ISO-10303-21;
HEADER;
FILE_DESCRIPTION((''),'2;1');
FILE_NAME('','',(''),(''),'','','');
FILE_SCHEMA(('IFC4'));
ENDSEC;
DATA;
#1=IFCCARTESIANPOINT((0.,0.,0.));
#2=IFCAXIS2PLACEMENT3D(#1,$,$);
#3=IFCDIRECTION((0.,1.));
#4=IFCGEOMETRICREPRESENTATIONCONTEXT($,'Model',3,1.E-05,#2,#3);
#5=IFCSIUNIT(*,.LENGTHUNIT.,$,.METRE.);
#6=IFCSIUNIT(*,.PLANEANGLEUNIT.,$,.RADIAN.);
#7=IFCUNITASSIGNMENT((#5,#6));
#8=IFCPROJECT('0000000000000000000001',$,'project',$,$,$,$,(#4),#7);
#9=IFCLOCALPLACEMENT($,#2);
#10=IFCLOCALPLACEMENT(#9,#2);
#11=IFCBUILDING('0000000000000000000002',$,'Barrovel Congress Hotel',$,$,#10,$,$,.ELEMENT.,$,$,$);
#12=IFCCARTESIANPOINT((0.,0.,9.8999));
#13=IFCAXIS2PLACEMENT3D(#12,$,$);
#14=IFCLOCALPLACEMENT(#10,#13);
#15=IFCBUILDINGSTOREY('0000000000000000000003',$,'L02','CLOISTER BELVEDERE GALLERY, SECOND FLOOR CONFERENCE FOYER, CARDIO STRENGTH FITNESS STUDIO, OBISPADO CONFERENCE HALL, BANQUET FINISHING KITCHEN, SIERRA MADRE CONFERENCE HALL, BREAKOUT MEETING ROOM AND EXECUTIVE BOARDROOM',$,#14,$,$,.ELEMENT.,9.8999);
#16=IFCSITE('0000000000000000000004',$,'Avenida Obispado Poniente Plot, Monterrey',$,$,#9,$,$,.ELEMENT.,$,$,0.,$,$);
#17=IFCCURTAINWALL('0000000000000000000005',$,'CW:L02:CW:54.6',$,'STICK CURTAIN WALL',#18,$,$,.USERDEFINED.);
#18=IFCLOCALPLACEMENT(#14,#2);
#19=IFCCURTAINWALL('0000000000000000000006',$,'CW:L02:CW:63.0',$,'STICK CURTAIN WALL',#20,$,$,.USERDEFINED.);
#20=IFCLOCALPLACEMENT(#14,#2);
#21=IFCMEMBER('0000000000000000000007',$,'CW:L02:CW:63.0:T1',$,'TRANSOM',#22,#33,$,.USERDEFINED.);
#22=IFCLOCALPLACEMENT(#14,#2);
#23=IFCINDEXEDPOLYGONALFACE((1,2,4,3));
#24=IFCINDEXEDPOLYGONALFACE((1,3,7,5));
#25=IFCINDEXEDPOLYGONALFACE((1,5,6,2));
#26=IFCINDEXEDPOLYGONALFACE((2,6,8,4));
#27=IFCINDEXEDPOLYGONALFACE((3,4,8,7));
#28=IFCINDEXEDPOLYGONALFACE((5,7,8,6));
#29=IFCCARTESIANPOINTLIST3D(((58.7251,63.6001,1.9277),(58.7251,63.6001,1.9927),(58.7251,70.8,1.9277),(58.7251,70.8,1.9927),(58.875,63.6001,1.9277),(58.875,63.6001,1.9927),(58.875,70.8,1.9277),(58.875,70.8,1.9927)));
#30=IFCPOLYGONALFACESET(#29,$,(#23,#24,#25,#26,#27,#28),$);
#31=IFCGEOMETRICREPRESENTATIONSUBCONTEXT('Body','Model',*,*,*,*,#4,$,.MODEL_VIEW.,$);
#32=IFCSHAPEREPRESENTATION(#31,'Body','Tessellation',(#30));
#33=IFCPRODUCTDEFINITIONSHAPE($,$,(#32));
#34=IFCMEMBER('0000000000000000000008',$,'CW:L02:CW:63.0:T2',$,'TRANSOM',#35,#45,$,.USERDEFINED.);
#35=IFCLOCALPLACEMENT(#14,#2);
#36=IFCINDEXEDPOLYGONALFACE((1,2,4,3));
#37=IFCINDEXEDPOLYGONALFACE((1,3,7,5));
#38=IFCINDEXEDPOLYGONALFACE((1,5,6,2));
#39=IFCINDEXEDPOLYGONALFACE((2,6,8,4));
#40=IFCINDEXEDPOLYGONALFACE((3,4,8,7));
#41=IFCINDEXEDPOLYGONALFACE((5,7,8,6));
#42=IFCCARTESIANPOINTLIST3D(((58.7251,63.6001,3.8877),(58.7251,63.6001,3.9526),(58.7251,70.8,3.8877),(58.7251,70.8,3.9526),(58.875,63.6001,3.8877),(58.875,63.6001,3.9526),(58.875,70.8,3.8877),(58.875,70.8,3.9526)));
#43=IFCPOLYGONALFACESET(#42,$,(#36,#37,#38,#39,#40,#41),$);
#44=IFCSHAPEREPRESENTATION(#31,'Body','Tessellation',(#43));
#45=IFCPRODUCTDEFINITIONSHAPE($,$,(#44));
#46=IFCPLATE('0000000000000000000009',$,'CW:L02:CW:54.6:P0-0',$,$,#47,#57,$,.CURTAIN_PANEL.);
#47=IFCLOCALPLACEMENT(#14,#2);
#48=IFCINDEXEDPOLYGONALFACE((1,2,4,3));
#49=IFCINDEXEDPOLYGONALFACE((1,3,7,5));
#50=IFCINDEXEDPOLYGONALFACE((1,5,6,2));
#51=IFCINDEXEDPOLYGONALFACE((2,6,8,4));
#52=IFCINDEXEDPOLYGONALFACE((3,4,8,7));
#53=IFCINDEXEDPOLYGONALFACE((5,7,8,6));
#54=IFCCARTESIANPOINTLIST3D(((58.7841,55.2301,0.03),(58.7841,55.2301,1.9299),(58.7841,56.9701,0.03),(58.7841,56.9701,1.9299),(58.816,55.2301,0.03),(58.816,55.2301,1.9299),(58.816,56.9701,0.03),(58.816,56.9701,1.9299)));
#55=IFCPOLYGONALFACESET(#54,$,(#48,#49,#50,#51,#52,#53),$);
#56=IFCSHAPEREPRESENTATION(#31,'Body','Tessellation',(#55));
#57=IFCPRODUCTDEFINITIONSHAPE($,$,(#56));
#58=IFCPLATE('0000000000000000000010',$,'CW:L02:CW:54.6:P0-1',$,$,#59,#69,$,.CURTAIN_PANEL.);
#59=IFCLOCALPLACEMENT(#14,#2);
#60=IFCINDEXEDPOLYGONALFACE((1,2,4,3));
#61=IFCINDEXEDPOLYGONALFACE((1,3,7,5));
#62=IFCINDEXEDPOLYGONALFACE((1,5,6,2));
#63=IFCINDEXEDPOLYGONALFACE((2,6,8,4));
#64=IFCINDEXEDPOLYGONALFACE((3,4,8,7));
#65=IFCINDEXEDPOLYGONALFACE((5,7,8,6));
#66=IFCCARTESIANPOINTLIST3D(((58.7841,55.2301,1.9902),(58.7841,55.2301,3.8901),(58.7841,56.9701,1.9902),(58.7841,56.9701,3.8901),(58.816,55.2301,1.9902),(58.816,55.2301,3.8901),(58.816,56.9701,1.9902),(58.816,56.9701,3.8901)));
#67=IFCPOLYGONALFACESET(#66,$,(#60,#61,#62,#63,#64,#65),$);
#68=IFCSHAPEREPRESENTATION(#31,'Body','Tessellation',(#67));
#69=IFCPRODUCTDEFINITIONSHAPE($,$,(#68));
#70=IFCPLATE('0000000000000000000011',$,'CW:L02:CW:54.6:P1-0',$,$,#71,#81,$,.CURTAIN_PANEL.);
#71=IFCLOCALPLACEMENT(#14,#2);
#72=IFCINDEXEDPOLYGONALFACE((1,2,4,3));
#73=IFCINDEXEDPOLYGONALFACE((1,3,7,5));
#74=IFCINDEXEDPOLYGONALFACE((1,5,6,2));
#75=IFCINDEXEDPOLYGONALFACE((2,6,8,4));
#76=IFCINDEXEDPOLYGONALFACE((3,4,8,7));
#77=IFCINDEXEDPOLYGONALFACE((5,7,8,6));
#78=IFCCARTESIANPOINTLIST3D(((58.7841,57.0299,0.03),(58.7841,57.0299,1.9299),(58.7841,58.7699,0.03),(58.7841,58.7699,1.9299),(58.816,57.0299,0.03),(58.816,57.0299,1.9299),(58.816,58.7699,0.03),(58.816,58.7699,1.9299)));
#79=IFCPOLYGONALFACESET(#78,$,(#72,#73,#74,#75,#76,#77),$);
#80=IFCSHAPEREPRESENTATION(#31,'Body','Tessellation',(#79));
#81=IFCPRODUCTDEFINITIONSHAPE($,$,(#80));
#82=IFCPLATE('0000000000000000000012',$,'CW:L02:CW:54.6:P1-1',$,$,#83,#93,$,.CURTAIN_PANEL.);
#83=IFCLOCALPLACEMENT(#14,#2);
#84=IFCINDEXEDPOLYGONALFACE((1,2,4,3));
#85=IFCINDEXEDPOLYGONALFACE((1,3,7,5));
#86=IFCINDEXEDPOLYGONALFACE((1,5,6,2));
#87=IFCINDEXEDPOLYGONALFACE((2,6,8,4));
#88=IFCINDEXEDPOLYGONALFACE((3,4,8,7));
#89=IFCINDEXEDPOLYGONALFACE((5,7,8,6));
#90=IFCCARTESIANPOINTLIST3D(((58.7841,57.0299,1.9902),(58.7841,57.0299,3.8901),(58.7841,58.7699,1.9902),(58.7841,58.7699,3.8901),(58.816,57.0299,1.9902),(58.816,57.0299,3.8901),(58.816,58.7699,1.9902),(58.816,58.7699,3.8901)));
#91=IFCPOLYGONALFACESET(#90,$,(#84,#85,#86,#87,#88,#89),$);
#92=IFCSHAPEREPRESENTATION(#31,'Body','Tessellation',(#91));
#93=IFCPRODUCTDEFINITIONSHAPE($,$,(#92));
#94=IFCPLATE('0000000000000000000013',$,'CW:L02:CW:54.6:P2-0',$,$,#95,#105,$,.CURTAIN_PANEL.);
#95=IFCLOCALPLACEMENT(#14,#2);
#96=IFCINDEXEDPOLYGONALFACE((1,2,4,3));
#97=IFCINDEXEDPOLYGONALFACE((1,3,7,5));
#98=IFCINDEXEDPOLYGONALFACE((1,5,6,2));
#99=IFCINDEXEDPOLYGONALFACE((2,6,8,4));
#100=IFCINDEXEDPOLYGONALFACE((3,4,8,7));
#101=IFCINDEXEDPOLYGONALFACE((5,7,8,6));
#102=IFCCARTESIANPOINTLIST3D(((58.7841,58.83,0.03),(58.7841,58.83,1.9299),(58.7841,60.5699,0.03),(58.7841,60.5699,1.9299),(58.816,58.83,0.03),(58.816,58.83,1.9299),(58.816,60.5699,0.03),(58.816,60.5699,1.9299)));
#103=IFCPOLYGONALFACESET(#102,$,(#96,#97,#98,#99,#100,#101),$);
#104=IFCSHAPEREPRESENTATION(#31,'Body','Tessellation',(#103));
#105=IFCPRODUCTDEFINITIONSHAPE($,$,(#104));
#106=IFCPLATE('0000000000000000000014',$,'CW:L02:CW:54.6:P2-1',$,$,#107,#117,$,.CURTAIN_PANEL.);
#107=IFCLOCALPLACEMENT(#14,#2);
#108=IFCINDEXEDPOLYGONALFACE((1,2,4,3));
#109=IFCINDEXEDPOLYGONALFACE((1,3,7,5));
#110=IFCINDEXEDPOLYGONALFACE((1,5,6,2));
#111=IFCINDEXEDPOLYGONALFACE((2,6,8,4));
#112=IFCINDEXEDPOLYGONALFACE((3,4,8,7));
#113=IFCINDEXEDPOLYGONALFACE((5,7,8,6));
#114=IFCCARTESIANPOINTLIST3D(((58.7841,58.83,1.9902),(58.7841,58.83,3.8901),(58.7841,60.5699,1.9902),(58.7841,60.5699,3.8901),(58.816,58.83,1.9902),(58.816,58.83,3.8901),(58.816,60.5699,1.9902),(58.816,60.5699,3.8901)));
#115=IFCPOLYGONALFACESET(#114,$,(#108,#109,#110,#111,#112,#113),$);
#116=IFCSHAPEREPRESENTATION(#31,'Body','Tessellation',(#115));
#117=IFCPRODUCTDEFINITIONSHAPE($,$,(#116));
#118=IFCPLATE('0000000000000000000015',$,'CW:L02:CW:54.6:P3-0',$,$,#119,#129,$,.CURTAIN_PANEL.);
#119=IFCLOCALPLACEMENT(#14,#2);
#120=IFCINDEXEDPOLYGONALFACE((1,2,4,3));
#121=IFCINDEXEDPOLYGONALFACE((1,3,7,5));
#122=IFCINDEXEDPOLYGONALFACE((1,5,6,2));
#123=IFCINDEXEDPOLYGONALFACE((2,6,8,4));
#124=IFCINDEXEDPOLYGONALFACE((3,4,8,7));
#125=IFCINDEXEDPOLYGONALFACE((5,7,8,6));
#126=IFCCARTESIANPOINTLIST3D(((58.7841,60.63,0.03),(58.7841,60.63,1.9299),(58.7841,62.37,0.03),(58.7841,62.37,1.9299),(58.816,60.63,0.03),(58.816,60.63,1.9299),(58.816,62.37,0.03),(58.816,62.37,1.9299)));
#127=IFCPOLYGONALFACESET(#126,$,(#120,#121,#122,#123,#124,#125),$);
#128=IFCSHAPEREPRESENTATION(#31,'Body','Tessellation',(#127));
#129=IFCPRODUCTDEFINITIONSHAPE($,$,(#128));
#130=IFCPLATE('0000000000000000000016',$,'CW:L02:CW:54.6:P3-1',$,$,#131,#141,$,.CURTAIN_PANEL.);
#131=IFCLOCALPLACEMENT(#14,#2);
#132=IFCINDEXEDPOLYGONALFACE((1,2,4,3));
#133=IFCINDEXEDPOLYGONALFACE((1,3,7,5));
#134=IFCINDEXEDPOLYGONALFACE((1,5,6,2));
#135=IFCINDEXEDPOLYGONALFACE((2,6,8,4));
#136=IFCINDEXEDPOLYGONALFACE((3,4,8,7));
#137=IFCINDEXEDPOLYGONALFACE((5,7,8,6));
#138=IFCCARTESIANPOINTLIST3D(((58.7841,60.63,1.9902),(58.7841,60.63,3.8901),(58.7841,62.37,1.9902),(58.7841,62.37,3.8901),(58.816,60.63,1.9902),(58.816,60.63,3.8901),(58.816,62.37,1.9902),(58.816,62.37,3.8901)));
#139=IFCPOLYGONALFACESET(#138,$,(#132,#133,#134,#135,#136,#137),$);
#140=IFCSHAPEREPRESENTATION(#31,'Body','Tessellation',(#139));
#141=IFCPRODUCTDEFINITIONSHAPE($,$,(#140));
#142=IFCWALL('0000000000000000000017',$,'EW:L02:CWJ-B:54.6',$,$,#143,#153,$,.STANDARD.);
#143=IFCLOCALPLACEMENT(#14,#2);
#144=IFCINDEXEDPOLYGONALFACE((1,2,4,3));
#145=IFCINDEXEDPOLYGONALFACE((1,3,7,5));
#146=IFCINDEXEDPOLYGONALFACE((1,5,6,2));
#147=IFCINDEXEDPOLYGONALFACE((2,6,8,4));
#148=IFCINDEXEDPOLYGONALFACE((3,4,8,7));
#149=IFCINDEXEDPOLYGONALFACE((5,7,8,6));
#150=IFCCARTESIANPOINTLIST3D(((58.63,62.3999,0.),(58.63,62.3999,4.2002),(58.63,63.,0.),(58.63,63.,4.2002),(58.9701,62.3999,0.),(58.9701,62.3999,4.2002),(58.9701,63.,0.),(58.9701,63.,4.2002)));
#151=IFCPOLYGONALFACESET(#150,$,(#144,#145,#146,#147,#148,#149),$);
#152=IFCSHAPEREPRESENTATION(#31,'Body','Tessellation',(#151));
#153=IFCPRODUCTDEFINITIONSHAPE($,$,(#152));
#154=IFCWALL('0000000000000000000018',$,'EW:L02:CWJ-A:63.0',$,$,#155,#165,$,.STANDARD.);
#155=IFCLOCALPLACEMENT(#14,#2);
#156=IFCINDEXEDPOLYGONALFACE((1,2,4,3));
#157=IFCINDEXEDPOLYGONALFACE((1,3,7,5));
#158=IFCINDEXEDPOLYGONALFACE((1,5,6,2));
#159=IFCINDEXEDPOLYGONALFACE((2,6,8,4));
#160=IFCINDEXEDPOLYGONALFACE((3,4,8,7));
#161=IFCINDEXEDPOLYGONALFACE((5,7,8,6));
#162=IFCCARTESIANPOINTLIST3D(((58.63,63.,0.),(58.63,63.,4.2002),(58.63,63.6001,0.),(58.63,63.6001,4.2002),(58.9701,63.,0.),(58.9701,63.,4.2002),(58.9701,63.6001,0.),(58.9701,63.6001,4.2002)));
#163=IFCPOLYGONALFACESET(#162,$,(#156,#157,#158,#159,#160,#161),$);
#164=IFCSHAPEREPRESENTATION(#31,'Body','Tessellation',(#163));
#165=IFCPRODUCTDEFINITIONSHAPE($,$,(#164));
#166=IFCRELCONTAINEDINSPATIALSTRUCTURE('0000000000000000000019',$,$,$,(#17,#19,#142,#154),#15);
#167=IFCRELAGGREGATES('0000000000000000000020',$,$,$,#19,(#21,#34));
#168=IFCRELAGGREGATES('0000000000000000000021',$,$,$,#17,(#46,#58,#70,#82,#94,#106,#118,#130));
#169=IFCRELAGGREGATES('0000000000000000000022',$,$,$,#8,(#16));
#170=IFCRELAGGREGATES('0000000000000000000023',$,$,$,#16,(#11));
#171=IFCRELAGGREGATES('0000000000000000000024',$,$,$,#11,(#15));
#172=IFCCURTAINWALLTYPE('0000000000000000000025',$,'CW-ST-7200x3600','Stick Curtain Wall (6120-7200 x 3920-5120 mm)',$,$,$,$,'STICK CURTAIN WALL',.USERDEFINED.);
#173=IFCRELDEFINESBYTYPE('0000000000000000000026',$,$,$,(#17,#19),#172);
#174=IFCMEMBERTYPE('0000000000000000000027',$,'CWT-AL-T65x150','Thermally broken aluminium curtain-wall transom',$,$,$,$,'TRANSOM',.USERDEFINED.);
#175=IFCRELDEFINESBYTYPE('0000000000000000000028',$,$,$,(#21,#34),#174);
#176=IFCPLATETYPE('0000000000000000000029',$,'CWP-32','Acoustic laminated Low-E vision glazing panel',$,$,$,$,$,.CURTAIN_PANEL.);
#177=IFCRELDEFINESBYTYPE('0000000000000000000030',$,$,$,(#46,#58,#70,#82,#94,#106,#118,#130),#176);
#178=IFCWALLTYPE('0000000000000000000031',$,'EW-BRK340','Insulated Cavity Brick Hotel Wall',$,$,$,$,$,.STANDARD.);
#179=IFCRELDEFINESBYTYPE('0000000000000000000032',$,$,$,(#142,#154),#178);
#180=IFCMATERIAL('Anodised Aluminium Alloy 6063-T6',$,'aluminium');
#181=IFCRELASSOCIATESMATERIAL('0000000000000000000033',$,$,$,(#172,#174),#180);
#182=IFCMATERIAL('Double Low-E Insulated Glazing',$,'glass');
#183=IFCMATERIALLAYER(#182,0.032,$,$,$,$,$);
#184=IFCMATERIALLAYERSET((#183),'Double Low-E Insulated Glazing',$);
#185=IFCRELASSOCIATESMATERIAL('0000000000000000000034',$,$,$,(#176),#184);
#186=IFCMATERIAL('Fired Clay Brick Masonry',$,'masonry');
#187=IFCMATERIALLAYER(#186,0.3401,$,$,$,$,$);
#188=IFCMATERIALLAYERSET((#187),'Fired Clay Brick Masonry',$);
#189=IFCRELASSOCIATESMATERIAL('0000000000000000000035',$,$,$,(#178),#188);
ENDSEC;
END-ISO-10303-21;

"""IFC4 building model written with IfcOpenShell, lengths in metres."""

from ifc_helpers import new_model, si_unit, direction, frame, frame_2d, origin, origin_2d, place, context, subcontext, project, spatial, rectangle, extrude, material, layer, layer_set, material_profile, profile_set, type_object, element, aggregate, save


model = new_model("IFC4")

# Units and contexts
model_context = context("Model", 3, precision=1e-05, world=origin(), true_north=direction((0.0, 1.0)))
body_context = subcontext(model_context, "Body", "Model", "MODEL_VIEW")
ifc_project = project(units=[si_unit("LENGTHUNIT", "METRE"), si_unit("PLANEANGLEUNIT", "RADIAN")], contexts=[model_context])

# Site, building, storey
site_placement = place(None, origin())
site = spatial("IfcSite", under=ifc_project, at=site_placement, Name="Avenida Obispado Poniente Plot, Monterrey", CompositionType="ELEMENT", RefElevation=0.0)
building_placement = place(site_placement, origin())
building = spatial("IfcBuilding", under=site, at=building_placement, Name="Barrovel Congress Hotel", CompositionType="ELEMENT")
storey_placement = place(building_placement, frame((0.0, 0.0, 9.8999)))
storey = spatial("IfcBuildingStorey", under=building, at=storey_placement, Name="L02", Description="CLOISTER BELVEDERE GALLERY, SECOND FLOOR CONFERENCE FOYER, CARDIO STRENGTH FITNESS STUDIO, OBISPADO CONFERENCE HALL, BANQUET FINISHING KITCHEN, SIERRA MADRE CONFERENCE HALL, BREAKOUT MEETING ROOM AND EXECUTIVE BOARDROOM", CompositionType="ELEMENT", Elevation=9.8999)

# Curtain wall
ifc_material_1 = material(Name="Anodised Aluminium Alloy 6063-T6", Category="aluminium")
curtain_wall_type = type_object("IfcCurtainWallType", Name="CW-ST-7200x3600", Description="Stick Curtain Wall (6120-7200 x 3920-5120 mm)", ElementType="STICK CURTAIN WALL", PredefinedType="USERDEFINED", material=ifc_material_1)
curtain_wall_1_placement = place(storey_placement, origin())
curtain_wall_1 = element("IfcCurtainWall", 1, at=curtain_wall_1_placement, inside=storey, type_object=curtain_wall_type, Name="CW:L02:CW:54.6", ObjectType="STICK CURTAIN WALL", PredefinedType="USERDEFINED")

# Curtain wall
curtain_wall_2_placement = place(storey_placement, origin())
curtain_wall_2 = element("IfcCurtainWall", 2, at=curtain_wall_2_placement, inside=storey, type_object=curtain_wall_type, Name="CW:L02:CW:63.0", ObjectType="STICK CURTAIN WALL", PredefinedType="USERDEFINED")

# Members
ifc_material_profile_1 = material_profile(ifc_material_1, rectangle(XDim=0.1499, YDim=0.0649, at=origin_2d()), Name="AL-T65x150")
ifc_profile_set_1 = profile_set([ifc_material_profile_1], Name="Anodised Aluminium Alloy 6063-T6")
member_type_1 = type_object("IfcMemberType", Name="CWT-AL-T65x150", Description="Thermally broken aluminium curtain-wall transom", ElementType="TRANSOM", PredefinedType="USERDEFINED", material=ifc_profile_set_1)
member_1_placement = place(storey_placement, frame((58.8, 63.6001, 1.9602), z_axis=(0.0, 1.0, 0.0), x_axis=(-1.0, 0.0, 0.0)))
member_1 = element("IfcMember", 3, at=member_1_placement, type_object=member_type_1, Name="CW:L02:CW:63.0:T1", ObjectType="TRANSOM", PredefinedType="USERDEFINED", context=body_context, shape_type="SweptSolid", body=[
    extrude(rectangle(XDim=0.1499, YDim=0.0649, at=origin_2d()), origin(), (0.0, 0.0, 1.0), 7.2),
])
member_2_placement = place(storey_placement, frame((58.8, 63.6001, 3.9202), z_axis=(0.0, 1.0, 0.0), x_axis=(-1.0, 0.0, 0.0)))
member_2 = element("IfcMember", 4, at=member_2_placement, type_object=member_type_1, Name="CW:L02:CW:63.0:T2", ObjectType="TRANSOM", PredefinedType="USERDEFINED", context=body_context, shape_type="SweptSolid", body=[
    extrude(rectangle(XDim=0.1499, YDim=0.0649, at=origin_2d()), origin(), (0.0, 0.0, 1.0), 7.2),
])
aggregate(curtain_wall_2, [member_1, member_2])

# Plates
ifc_material_2 = material(Name="Double Low-E Insulated Glazing", Category="glass")
ifc_layer_1 = layer(ifc_material_2, 0.032)
ifc_layer_set_1 = layer_set([ifc_layer_1], Name="Double Low-E Insulated Glazing")
plate_type = type_object("IfcPlateType", Name="CWP-32", Description="Acoustic laminated Low-E vision glazing panel", PredefinedType="CURTAIN_PANEL", material=ifc_layer_set_1)
plate_1_placement = place(storey_placement, frame((58.8, 56.1001, 0.03), z_axis=(0.0, 0.0, 1.0), x_axis=(0.0, 1.0, 0.0)))
plate_1 = element("IfcPlate", 5, at=plate_1_placement, type_object=plate_type, Name="CW:L02:CW:54.6:P0-0", PredefinedType="CURTAIN_PANEL", context=body_context, shape_type="SweptSolid", body=[
    extrude(rectangle(XDim=1.74, YDim=0.032, at=origin_2d()), origin(), (0.0, 0.0, 1.0), 1.8999),
])
plate_2_placement = place(storey_placement, frame((58.8, 56.1001, 1.9902), z_axis=(0.0, 0.0, 1.0), x_axis=(0.0, 1.0, 0.0)))
plate_2 = element("IfcPlate", 6, at=plate_2_placement, type_object=plate_type, Name="CW:L02:CW:54.6:P0-1", PredefinedType="CURTAIN_PANEL", context=body_context, shape_type="SweptSolid", body=[
    extrude(rectangle(XDim=1.74, YDim=0.032, at=origin_2d()), origin(), (0.0, 0.0, 1.0), 1.8999),
])
plate_3_placement = place(storey_placement, frame((58.8, 57.8999, 0.03), z_axis=(0.0, 0.0, 1.0), x_axis=(0.0, 1.0, 0.0)))
plate_3 = element("IfcPlate", 7, at=plate_3_placement, type_object=plate_type, Name="CW:L02:CW:54.6:P1-0", PredefinedType="CURTAIN_PANEL", context=body_context, shape_type="SweptSolid", body=[
    extrude(rectangle(XDim=1.74, YDim=0.032, at=origin_2d()), origin(), (0.0, 0.0, 1.0), 1.8999),
])
plate_4_placement = place(storey_placement, frame((58.8, 57.8999, 1.9902), z_axis=(0.0, 0.0, 1.0), x_axis=(0.0, 1.0, 0.0)))
plate_4 = element("IfcPlate", 8, at=plate_4_placement, type_object=plate_type, Name="CW:L02:CW:54.6:P1-1", PredefinedType="CURTAIN_PANEL", context=body_context, shape_type="SweptSolid", body=[
    extrude(rectangle(XDim=1.74, YDim=0.032, at=origin_2d()), origin(), (0.0, 0.0, 1.0), 1.8999),
])
plate_5_placement = place(storey_placement, frame((58.8, 59.7, 0.03), z_axis=(0.0, 0.0, 1.0), x_axis=(0.0, 1.0, 0.0)))
plate_5 = element("IfcPlate", 9, at=plate_5_placement, type_object=plate_type, Name="CW:L02:CW:54.6:P2-0", PredefinedType="CURTAIN_PANEL", context=body_context, shape_type="SweptSolid", body=[
    extrude(rectangle(XDim=1.74, YDim=0.032, at=origin_2d()), origin(), (0.0, 0.0, 1.0), 1.8999),
])
plate_6_placement = place(storey_placement, frame((58.8, 59.7, 1.9902), z_axis=(0.0, 0.0, 1.0), x_axis=(0.0, 1.0, 0.0)))
plate_6 = element("IfcPlate", 10, at=plate_6_placement, type_object=plate_type, Name="CW:L02:CW:54.6:P2-1", PredefinedType="CURTAIN_PANEL", context=body_context, shape_type="SweptSolid", body=[
    extrude(rectangle(XDim=1.74, YDim=0.032, at=origin_2d()), origin(), (0.0, 0.0, 1.0), 1.8999),
])
plate_7_placement = place(storey_placement, frame((58.8, 61.5, 0.03), z_axis=(0.0, 0.0, 1.0), x_axis=(0.0, 1.0, 0.0)))
plate_7 = element("IfcPlate", 11, at=plate_7_placement, type_object=plate_type, Name="CW:L02:CW:54.6:P3-0", PredefinedType="CURTAIN_PANEL", context=body_context, shape_type="SweptSolid", body=[
    extrude(rectangle(XDim=1.74, YDim=0.032, at=origin_2d()), origin(), (0.0, 0.0, 1.0), 1.8999),
])
plate_8_placement = place(storey_placement, frame((58.8, 61.5, 1.9902), z_axis=(0.0, 0.0, 1.0), x_axis=(0.0, 1.0, 0.0)))
plate_8 = element("IfcPlate", 12, at=plate_8_placement, type_object=plate_type, Name="CW:L02:CW:54.6:P3-1", PredefinedType="CURTAIN_PANEL", context=body_context, shape_type="SweptSolid", body=[
    extrude(rectangle(XDim=1.74, YDim=0.032, at=origin_2d()), origin(), (0.0, 0.0, 1.0), 1.8999),
])
aggregate(curtain_wall_1, [plate_1, plate_2, plate_3, plate_4, plate_5, plate_6, plate_7, plate_8])

# Walls
ifc_material_3 = material(Name="Fired Clay Brick Masonry", Category="masonry")
ifc_layer_2 = layer(ifc_material_3, 0.3401)
ifc_layer_set_2 = layer_set([ifc_layer_2], Name="Fired Clay Brick Masonry")
wall_type = type_object("IfcWallType", Name="EW-BRK340", Description="Insulated Cavity Brick Hotel Wall", PredefinedType="STANDARD", material=ifc_layer_set_2)
for number, where, z_axis, x_axis, name in (
    (13, (58.8, 62.3999, 0.0), (0.0, 0.0, 1.0), (0.0, 1.0, 0.0), "EW:L02:CWJ-B:54.6"),
    (14, (58.8, 63.0, 0.0), (0.0, 0.0, 1.0), (0.0, 1.0, 0.0), "EW:L02:CWJ-A:63.0"),
):
    element("IfcWall", number, at=place(storey_placement, frame(where, z_axis=z_axis, x_axis=x_axis)), inside=storey, type_object=wall_type, Name=name, PredefinedType="STANDARD", context=body_context, shape_type="SweptSolid", body=[
        extrude(rectangle(XDim=0.6001, YDim=0.3401, at=frame_2d((0.3, 0.0))), origin(), (0.0, 0.0, 1.0), 4.2002),
    ])

save(model, "model.ifc")
